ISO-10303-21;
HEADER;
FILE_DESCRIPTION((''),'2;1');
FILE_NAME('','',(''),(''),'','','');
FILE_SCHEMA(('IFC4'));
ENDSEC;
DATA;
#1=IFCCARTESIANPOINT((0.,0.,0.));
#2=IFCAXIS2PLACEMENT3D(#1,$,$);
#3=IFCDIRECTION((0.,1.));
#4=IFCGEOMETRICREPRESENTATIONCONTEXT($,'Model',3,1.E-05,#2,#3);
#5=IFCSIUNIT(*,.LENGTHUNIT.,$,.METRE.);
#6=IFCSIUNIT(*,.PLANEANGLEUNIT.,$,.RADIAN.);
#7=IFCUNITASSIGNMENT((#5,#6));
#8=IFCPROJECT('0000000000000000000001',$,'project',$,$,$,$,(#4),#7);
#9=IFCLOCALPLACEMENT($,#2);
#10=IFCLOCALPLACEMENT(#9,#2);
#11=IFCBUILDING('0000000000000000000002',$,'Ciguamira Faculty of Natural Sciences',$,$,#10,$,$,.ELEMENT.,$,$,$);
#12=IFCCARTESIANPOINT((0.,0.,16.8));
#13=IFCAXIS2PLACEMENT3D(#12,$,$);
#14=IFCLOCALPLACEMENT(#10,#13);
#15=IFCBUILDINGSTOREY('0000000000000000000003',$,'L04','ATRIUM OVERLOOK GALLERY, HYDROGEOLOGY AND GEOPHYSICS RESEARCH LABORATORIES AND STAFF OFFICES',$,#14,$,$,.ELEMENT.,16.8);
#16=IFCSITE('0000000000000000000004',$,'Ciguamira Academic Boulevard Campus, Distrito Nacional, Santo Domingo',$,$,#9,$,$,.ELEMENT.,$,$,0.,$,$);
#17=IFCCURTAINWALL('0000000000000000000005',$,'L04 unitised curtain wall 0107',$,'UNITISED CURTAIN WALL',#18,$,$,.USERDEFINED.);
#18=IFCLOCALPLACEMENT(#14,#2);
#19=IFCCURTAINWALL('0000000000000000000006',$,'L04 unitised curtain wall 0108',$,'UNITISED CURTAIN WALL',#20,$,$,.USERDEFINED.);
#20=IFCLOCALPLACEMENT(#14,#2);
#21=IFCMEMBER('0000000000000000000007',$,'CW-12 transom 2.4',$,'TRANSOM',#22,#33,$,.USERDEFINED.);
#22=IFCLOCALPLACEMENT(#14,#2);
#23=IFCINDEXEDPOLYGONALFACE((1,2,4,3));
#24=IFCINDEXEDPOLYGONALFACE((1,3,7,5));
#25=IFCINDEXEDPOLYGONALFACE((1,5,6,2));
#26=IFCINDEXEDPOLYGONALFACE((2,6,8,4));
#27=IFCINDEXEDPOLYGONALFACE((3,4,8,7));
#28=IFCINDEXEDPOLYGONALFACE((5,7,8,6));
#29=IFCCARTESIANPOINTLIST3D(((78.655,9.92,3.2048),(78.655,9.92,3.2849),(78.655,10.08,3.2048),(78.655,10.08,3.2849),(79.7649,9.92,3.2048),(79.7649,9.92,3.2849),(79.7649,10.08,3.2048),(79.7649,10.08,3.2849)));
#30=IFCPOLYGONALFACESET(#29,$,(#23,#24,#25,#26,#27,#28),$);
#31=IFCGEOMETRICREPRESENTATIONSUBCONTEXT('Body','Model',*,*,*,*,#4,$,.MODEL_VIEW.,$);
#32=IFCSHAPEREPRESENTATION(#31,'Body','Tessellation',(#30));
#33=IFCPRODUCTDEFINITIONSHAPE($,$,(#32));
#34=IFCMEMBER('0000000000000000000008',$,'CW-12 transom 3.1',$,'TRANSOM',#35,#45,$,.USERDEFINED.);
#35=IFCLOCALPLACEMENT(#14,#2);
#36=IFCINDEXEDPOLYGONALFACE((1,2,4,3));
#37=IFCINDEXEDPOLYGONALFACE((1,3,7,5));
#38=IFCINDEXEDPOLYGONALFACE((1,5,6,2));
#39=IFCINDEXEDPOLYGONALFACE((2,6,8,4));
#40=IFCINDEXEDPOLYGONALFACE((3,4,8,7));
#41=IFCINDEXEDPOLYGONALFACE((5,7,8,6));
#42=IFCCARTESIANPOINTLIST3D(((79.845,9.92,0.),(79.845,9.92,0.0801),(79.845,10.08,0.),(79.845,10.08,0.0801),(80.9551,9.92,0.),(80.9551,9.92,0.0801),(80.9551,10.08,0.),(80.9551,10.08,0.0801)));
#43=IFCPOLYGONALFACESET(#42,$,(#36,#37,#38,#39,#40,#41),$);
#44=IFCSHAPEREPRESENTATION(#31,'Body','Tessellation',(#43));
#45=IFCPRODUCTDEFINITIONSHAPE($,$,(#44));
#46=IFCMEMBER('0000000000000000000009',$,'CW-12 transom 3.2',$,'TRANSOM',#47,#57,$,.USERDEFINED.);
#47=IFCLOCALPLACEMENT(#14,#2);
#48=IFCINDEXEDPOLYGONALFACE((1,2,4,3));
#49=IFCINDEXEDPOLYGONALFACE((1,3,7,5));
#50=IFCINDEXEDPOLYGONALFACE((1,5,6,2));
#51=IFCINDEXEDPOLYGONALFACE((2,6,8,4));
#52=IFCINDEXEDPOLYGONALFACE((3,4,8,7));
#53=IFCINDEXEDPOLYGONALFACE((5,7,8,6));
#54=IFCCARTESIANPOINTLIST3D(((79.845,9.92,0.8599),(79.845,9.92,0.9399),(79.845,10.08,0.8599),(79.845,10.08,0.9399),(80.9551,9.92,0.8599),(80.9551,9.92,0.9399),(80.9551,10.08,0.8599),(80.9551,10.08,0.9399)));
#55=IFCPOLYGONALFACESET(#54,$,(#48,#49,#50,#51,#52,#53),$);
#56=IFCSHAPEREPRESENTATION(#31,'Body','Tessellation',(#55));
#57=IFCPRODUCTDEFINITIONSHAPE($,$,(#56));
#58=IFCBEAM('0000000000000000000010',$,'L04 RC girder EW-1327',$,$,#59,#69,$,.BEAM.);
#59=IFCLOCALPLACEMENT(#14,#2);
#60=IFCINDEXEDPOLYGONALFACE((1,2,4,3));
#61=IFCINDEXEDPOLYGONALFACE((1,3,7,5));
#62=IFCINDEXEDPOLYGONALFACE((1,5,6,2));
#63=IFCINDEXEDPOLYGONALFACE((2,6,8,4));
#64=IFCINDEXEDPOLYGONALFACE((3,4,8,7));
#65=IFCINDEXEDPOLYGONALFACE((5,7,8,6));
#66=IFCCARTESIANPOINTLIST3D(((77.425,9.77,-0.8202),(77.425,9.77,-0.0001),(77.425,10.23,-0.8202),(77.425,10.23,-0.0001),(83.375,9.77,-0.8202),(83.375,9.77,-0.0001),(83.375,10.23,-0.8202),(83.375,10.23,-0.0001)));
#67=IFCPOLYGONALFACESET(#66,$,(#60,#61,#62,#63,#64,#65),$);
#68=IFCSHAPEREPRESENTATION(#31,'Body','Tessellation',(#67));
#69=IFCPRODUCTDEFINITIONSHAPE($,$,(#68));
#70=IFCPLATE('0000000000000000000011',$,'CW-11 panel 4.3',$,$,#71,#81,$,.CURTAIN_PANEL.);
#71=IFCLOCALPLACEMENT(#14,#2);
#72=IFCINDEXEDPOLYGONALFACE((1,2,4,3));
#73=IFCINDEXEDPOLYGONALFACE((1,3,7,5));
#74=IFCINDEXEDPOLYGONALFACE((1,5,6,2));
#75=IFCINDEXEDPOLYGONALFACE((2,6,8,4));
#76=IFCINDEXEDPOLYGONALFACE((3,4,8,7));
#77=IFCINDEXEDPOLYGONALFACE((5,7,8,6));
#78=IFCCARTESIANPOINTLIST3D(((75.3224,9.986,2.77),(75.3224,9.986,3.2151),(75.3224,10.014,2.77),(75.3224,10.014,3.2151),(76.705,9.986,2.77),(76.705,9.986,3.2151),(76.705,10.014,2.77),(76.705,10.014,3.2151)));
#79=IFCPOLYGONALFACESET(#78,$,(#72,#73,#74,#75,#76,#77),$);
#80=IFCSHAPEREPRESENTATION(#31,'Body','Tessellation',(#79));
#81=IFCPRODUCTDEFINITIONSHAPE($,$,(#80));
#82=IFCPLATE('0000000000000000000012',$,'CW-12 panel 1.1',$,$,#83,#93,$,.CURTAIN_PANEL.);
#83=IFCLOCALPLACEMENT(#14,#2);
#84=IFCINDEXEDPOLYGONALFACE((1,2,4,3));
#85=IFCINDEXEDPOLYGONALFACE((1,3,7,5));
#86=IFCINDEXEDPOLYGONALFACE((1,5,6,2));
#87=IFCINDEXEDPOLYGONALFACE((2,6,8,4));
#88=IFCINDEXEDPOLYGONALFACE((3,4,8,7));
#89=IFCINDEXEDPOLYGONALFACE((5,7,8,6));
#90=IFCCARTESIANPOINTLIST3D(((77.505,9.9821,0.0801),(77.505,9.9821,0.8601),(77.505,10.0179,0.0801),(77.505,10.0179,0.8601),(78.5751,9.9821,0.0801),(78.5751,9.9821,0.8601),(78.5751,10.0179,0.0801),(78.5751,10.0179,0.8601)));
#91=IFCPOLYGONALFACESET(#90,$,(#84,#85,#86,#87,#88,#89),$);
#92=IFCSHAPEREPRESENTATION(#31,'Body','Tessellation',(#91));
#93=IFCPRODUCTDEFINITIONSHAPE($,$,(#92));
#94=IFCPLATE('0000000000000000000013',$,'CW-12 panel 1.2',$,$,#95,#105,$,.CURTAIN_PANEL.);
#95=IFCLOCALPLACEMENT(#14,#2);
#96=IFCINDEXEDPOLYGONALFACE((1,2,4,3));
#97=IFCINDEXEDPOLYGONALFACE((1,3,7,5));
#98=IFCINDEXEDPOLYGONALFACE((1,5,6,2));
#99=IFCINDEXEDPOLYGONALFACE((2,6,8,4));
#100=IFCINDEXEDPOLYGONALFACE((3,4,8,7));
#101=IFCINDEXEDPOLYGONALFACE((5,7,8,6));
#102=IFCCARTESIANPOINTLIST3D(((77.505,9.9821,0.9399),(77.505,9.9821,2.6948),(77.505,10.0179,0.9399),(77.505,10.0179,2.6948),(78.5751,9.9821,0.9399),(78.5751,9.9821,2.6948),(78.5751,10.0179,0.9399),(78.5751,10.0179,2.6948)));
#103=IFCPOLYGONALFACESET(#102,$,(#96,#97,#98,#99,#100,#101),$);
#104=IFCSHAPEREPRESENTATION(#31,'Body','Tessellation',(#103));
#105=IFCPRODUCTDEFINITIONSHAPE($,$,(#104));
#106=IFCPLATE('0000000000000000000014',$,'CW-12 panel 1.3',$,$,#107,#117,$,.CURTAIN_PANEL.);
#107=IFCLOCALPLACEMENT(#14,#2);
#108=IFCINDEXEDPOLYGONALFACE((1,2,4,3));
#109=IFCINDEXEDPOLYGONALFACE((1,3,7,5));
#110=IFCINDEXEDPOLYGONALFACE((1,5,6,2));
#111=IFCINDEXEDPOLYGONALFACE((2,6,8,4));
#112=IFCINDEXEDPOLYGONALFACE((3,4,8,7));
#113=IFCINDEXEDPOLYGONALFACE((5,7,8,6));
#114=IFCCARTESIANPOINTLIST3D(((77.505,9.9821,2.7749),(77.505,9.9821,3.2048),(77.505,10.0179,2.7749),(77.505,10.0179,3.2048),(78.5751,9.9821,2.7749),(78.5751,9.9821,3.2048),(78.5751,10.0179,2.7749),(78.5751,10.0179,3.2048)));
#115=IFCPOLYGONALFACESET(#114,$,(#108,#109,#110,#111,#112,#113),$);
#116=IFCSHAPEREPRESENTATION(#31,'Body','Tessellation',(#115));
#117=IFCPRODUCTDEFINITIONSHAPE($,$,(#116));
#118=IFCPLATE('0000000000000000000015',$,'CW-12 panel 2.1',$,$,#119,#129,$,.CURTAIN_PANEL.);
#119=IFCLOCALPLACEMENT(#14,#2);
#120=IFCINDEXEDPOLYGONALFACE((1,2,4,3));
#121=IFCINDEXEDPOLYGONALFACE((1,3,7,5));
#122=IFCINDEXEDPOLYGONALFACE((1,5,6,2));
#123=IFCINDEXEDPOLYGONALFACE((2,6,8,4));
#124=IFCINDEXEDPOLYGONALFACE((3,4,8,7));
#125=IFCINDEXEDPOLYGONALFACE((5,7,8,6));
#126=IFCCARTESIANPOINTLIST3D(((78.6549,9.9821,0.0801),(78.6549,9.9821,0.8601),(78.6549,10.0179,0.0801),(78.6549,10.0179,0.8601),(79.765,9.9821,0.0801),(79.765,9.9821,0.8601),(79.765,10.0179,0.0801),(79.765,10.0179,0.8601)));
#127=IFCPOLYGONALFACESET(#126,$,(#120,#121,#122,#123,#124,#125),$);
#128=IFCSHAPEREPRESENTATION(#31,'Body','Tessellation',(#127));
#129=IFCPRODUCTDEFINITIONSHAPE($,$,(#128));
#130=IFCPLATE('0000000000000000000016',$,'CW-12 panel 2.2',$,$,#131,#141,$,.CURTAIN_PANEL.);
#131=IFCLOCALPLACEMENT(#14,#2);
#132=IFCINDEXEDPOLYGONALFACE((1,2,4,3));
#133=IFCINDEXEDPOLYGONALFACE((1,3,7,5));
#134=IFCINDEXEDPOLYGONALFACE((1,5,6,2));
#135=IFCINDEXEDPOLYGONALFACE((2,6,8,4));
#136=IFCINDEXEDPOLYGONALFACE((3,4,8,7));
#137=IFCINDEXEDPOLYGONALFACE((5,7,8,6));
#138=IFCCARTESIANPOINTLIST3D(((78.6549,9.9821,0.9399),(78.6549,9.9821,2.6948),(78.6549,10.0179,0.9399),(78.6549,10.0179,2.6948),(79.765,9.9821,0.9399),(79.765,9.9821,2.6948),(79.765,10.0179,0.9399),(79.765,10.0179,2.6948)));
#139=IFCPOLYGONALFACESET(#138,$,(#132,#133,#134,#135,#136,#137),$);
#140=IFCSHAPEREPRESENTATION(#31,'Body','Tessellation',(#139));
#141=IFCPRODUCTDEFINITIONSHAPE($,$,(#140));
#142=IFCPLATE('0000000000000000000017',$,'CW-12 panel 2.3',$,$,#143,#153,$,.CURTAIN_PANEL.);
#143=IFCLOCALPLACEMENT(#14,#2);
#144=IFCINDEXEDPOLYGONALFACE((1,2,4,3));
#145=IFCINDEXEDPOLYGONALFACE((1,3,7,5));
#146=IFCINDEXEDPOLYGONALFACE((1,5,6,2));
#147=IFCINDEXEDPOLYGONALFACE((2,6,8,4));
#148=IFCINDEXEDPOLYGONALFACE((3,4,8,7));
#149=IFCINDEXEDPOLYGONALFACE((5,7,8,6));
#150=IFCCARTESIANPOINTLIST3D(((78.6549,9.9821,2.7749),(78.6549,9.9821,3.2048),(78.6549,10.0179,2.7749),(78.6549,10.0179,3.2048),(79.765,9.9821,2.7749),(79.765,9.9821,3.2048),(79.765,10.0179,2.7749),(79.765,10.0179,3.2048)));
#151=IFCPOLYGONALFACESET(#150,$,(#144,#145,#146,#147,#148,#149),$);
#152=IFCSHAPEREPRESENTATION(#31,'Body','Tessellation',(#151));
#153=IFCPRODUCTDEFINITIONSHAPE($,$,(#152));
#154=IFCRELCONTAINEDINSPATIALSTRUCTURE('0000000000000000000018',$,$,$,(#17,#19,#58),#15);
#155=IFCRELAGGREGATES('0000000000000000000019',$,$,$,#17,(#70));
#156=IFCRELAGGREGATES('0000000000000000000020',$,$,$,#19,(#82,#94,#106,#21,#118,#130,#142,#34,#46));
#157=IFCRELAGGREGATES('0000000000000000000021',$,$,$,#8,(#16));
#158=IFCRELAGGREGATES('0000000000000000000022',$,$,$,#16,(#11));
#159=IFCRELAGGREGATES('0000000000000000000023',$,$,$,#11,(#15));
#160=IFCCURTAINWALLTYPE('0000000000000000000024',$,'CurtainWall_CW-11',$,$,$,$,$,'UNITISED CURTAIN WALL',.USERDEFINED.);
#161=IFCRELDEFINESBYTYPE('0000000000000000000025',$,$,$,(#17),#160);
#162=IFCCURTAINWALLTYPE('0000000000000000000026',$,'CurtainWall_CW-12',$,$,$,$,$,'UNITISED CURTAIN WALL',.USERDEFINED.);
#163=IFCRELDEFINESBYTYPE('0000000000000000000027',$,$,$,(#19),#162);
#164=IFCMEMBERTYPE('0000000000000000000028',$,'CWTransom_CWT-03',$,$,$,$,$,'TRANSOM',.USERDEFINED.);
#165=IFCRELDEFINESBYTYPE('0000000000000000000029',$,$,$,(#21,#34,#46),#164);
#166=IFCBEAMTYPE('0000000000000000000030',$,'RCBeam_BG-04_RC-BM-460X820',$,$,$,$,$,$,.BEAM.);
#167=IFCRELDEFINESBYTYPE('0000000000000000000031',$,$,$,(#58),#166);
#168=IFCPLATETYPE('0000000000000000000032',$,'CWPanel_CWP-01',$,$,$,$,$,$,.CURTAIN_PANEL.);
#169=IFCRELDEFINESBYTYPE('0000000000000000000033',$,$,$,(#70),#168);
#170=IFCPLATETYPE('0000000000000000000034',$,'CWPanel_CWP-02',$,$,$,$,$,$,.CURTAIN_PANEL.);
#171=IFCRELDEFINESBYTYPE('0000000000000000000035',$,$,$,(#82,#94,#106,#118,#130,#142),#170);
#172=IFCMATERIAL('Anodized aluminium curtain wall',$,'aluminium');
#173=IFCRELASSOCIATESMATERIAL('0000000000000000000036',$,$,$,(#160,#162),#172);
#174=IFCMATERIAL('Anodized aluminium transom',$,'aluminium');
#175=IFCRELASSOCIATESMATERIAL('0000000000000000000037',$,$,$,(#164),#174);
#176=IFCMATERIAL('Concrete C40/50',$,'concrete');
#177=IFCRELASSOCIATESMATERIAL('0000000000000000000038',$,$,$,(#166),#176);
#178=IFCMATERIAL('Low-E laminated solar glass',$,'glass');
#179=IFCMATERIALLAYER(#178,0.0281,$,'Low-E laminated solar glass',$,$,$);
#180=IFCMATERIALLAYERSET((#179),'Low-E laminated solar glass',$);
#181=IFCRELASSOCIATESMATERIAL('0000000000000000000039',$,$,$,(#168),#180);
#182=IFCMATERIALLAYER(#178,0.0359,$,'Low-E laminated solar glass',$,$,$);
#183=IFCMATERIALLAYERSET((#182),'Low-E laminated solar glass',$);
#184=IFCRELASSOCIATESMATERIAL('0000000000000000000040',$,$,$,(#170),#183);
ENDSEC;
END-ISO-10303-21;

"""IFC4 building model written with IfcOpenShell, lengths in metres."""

from ifc_helpers import new_model, si_unit, direction, frame, origin, origin_2d, place, context, subcontext, project, spatial, rectangle, extrude, material, layer, layer_set, material_profile, profile_set, type_object, element, aggregate, save


model = new_model("IFC4")

# Units and contexts
model_context = context("Model", 3, precision=1e-05, world=origin(), true_north=direction((0.0, 1.0)))
body_context = subcontext(model_context, "Body", "Model", "MODEL_VIEW")
ifc_project = project(units=[si_unit("LENGTHUNIT", "METRE"), si_unit("PLANEANGLEUNIT", "RADIAN")], contexts=[model_context])

# Site, building, storey
site_placement = place(None, origin())
site = spatial("IfcSite", under=ifc_project, at=site_placement, Name="Ciguamira Academic Boulevard Campus, Distrito Nacional, Santo Domingo", CompositionType="ELEMENT", RefElevation=0.0)
building_placement = place(site_placement, origin())
building = spatial("IfcBuilding", under=site, at=building_placement, Name="Ciguamira Faculty of Natural Sciences", CompositionType="ELEMENT")
storey_placement = place(building_placement, frame((0.0, 0.0, 16.8)))
storey = spatial("IfcBuildingStorey", under=building, at=storey_placement, Name="L04", Description="ATRIUM OVERLOOK GALLERY, HYDROGEOLOGY AND GEOPHYSICS RESEARCH LABORATORIES AND STAFF OFFICES", CompositionType="ELEMENT", Elevation=16.8)

# Shared definitions
ifc_material_1 = material(Name="Concrete C40/50", Category="concrete")

# Curtain wall
ifc_material_2 = material(Name="Anodized aluminium curtain wall", Category="aluminium")
curtain_wall_type_1 = type_object("IfcCurtainWallType", Name="CurtainWall_CW-11", ElementType="UNITISED CURTAIN WALL", PredefinedType="USERDEFINED", material=ifc_material_2)
curtain_wall_1_placement = place(storey_placement, origin())
curtain_wall_1 = element("IfcCurtainWall", 1, at=curtain_wall_1_placement, inside=storey, type_object=curtain_wall_type_1, Name="L04 unitised curtain wall 0107", ObjectType="UNITISED CURTAIN WALL", PredefinedType="USERDEFINED")

# Curtain wall, members
curtain_wall_type_2 = type_object("IfcCurtainWallType", Name="CurtainWall_CW-12", ElementType="UNITISED CURTAIN WALL", PredefinedType="USERDEFINED", material=ifc_material_2)
curtain_wall_2_placement = place(storey_placement, origin())
curtain_wall_2 = element("IfcCurtainWall", 2, at=curtain_wall_2_placement, inside=storey, type_object=curtain_wall_type_2, Name="L04 unitised curtain wall 0108", ObjectType="UNITISED CURTAIN WALL", PredefinedType="USERDEFINED")
ifc_material_3 = material(Name="Anodized aluminium transom", Category="aluminium")
ifc_material_profile_1 = material_profile(ifc_material_3, rectangle(XDim=0.0801, YDim=0.1599, at=origin_2d()), Name="ALU-TRN-80X160")
ifc_profile_set_1 = profile_set([ifc_material_profile_1], Name="Anodized aluminium transom")
member_type_1 = type_object("IfcMemberType", Name="CWTransom_CWT-03", ElementType="TRANSOM", PredefinedType="USERDEFINED", material=ifc_profile_set_1)
member_1_placement = place(storey_placement, frame((78.655, 10.0, 3.2449), z_axis=(1.0, 0.0, 0.0), x_axis=(0.0, 0.0, 1.0)))
member_1 = element("IfcMember", 3, at=member_1_placement, type_object=member_type_1, Name="CW-12 transom 2.4", ObjectType="TRANSOM", PredefinedType="USERDEFINED", context=body_context, shape_type="SweptSolid", body=[
    extrude(rectangle(XDim=0.0801, YDim=0.1599, at=origin_2d()), origin(), (0.0, 0.0, 1.0), 1.1099),
])
member_2_placement = place(storey_placement, frame((79.845, 10.0, 0.04), z_axis=(1.0, 0.0, 0.0), x_axis=(0.0, 0.0, 1.0)))
member_2 = element("IfcMember", 4, at=member_2_placement, type_object=member_type_1, Name="CW-12 transom 3.1", ObjectType="TRANSOM", PredefinedType="USERDEFINED", context=body_context, shape_type="SweptSolid", body=[
    extrude(rectangle(XDim=0.0801, YDim=0.1599, at=origin_2d()), origin(), (0.0, 0.0, 1.0), 1.1101),
])
member_3_placement = place(storey_placement, frame((79.845, 10.0, 0.8999), z_axis=(1.0, 0.0, 0.0), x_axis=(0.0, 0.0, 1.0)))
member_3 = element("IfcMember", 5, at=member_3_placement, type_object=member_type_1, Name="CW-12 transom 3.2", ObjectType="TRANSOM", PredefinedType="USERDEFINED", context=body_context, shape_type="SweptSolid", body=[
    extrude(rectangle(XDim=0.0801, YDim=0.1599, at=origin_2d()), origin(), (0.0, 0.0, 1.0), 1.1101),
])

# Beam
ifc_material_profile_2 = material_profile(ifc_material_1, rectangle(XDim=0.46, YDim=0.8201, at=origin_2d()), Name="RC-BM-460X820")
ifc_profile_set_2 = profile_set([ifc_material_profile_2], Name="Concrete C40/50")
beam_type = type_object("IfcBeamType", Name="RCBeam_BG-04_RC-BM-460X820", PredefinedType="BEAM", material=ifc_profile_set_2)
beam_placement = place(storey_placement, frame((77.425, 10.0, -0.4102), z_axis=(1.0, 0.0, 0.0), x_axis=(0.0, 1.0, 0.0)))
element("IfcBeam", 6, at=beam_placement, inside=storey, type_object=beam_type, Name="L04 RC girder EW-1327", PredefinedType="BEAM", context=body_context, shape_type="SweptSolid", body=[
    extrude(rectangle(XDim=0.46, YDim=0.8201, at=origin_2d()), origin(), (0.0, 0.0, 1.0), 5.95),
])

# Plates
ifc_material_4 = material(Name="Low-E laminated solar glass", Category="glass")
ifc_layer_1 = layer(ifc_material_4, 0.0281, Name="Low-E laminated solar glass")
ifc_layer_set_1 = layer_set([ifc_layer_1], Name="Low-E laminated solar glass")
plate_type_1 = type_object("IfcPlateType", Name="CWPanel_CWP-01", PredefinedType="CURTAIN_PANEL", material=ifc_layer_set_1)
plate_1_placement = place(storey_placement, frame((76.0137, 10.0, 2.77), z_axis=(0.0, 0.0, 1.0), x_axis=(1.0, 0.0, 0.0)))
plate_1 = element("IfcPlate", 7, at=plate_1_placement, type_object=plate_type_1, Name="CW-11 panel 4.3", PredefinedType="CURTAIN_PANEL", context=body_context, shape_type="SweptSolid", body=[
    extrude(rectangle(XDim=1.3826, YDim=0.0281, at=origin_2d()), origin(), (0.0, 0.0, 1.0), 0.4451),
])
aggregate(curtain_wall_1, [plate_1])
ifc_layer_2 = layer(ifc_material_4, 0.0359, Name="Low-E laminated solar glass")
ifc_layer_set_2 = layer_set([ifc_layer_2], Name="Low-E laminated solar glass")
plate_type_2 = type_object("IfcPlateType", Name="CWPanel_CWP-02", PredefinedType="CURTAIN_PANEL", material=ifc_layer_set_2)
plate_2_placement = place(storey_placement, frame((78.04, 10.0, 0.0801), z_axis=(0.0, 0.0, 1.0), x_axis=(1.0, 0.0, 0.0)))
plate_2 = element("IfcPlate", 8, at=plate_2_placement, type_object=plate_type_2, Name="CW-12 panel 1.1", PredefinedType="CURTAIN_PANEL", context=body_context, shape_type="SweptSolid", body=[
    extrude(rectangle(XDim=1.0701, YDim=0.0359, at=origin_2d()), origin(), (0.0, 0.0, 1.0), 0.78),
])
plate_3_placement = place(storey_placement, frame((78.04, 10.0, 0.9399), z_axis=(0.0, 0.0, 1.0), x_axis=(1.0, 0.0, 0.0)))
plate_3 = element("IfcPlate", 9, at=plate_3_placement, type_object=plate_type_2, Name="CW-12 panel 1.2", PredefinedType="CURTAIN_PANEL", context=body_context, shape_type="SweptSolid", body=[
    extrude(rectangle(XDim=1.0701, YDim=0.0359, at=origin_2d()), origin(), (0.0, 0.0, 1.0), 1.7549),
])
plate_4_placement = place(storey_placement, frame((78.04, 10.0, 2.7749), z_axis=(0.0, 0.0, 1.0), x_axis=(1.0, 0.0, 0.0)))
plate_4 = element("IfcPlate", 10, at=plate_4_placement, type_object=plate_type_2, Name="CW-12 panel 1.3", PredefinedType="CURTAIN_PANEL", context=body_context, shape_type="SweptSolid", body=[
    extrude(rectangle(XDim=1.0701, YDim=0.0359, at=origin_2d()), origin(), (0.0, 0.0, 1.0), 0.4299),
])
plate_5_placement = place(storey_placement, frame((79.21, 10.0, 0.0801), z_axis=(0.0, 0.0, 1.0), x_axis=(1.0, 0.0, 0.0)))
plate_5 = element("IfcPlate", 11, at=plate_5_placement, type_object=plate_type_2, Name="CW-12 panel 2.1", PredefinedType="CURTAIN_PANEL", context=body_context, shape_type="SweptSolid", body=[
    extrude(rectangle(XDim=1.1101, YDim=0.0359, at=origin_2d()), origin(), (0.0, 0.0, 1.0), 0.78),
])
plate_6_placement = place(storey_placement, frame((79.21, 10.0, 0.9399), z_axis=(0.0, 0.0, 1.0), x_axis=(1.0, 0.0, 0.0)))
plate_6 = element("IfcPlate", 12, at=plate_6_placement, type_object=plate_type_2, Name="CW-12 panel 2.2", PredefinedType="CURTAIN_PANEL", context=body_context, shape_type="SweptSolid", body=[
    extrude(rectangle(XDim=1.1101, YDim=0.0359, at=origin_2d()), origin(), (0.0, 0.0, 1.0), 1.7549),
])
plate_7_placement = place(storey_placement, frame((79.21, 10.0, 2.7749), z_axis=(0.0, 0.0, 1.0), x_axis=(1.0, 0.0, 0.0)))
plate_7 = element("IfcPlate", 13, at=plate_7_placement, type_object=plate_type_2, Name="CW-12 panel 2.3", PredefinedType="CURTAIN_PANEL", context=body_context, shape_type="SweptSolid", body=[
    extrude(rectangle(XDim=1.1101, YDim=0.0359, at=origin_2d()), origin(), (0.0, 0.0, 1.0), 0.4299),
])
aggregate(curtain_wall_2, [plate_2, plate_3, plate_4, member_1, plate_5, plate_6, plate_7, member_2, member_3])

save(model, "model.ifc")
